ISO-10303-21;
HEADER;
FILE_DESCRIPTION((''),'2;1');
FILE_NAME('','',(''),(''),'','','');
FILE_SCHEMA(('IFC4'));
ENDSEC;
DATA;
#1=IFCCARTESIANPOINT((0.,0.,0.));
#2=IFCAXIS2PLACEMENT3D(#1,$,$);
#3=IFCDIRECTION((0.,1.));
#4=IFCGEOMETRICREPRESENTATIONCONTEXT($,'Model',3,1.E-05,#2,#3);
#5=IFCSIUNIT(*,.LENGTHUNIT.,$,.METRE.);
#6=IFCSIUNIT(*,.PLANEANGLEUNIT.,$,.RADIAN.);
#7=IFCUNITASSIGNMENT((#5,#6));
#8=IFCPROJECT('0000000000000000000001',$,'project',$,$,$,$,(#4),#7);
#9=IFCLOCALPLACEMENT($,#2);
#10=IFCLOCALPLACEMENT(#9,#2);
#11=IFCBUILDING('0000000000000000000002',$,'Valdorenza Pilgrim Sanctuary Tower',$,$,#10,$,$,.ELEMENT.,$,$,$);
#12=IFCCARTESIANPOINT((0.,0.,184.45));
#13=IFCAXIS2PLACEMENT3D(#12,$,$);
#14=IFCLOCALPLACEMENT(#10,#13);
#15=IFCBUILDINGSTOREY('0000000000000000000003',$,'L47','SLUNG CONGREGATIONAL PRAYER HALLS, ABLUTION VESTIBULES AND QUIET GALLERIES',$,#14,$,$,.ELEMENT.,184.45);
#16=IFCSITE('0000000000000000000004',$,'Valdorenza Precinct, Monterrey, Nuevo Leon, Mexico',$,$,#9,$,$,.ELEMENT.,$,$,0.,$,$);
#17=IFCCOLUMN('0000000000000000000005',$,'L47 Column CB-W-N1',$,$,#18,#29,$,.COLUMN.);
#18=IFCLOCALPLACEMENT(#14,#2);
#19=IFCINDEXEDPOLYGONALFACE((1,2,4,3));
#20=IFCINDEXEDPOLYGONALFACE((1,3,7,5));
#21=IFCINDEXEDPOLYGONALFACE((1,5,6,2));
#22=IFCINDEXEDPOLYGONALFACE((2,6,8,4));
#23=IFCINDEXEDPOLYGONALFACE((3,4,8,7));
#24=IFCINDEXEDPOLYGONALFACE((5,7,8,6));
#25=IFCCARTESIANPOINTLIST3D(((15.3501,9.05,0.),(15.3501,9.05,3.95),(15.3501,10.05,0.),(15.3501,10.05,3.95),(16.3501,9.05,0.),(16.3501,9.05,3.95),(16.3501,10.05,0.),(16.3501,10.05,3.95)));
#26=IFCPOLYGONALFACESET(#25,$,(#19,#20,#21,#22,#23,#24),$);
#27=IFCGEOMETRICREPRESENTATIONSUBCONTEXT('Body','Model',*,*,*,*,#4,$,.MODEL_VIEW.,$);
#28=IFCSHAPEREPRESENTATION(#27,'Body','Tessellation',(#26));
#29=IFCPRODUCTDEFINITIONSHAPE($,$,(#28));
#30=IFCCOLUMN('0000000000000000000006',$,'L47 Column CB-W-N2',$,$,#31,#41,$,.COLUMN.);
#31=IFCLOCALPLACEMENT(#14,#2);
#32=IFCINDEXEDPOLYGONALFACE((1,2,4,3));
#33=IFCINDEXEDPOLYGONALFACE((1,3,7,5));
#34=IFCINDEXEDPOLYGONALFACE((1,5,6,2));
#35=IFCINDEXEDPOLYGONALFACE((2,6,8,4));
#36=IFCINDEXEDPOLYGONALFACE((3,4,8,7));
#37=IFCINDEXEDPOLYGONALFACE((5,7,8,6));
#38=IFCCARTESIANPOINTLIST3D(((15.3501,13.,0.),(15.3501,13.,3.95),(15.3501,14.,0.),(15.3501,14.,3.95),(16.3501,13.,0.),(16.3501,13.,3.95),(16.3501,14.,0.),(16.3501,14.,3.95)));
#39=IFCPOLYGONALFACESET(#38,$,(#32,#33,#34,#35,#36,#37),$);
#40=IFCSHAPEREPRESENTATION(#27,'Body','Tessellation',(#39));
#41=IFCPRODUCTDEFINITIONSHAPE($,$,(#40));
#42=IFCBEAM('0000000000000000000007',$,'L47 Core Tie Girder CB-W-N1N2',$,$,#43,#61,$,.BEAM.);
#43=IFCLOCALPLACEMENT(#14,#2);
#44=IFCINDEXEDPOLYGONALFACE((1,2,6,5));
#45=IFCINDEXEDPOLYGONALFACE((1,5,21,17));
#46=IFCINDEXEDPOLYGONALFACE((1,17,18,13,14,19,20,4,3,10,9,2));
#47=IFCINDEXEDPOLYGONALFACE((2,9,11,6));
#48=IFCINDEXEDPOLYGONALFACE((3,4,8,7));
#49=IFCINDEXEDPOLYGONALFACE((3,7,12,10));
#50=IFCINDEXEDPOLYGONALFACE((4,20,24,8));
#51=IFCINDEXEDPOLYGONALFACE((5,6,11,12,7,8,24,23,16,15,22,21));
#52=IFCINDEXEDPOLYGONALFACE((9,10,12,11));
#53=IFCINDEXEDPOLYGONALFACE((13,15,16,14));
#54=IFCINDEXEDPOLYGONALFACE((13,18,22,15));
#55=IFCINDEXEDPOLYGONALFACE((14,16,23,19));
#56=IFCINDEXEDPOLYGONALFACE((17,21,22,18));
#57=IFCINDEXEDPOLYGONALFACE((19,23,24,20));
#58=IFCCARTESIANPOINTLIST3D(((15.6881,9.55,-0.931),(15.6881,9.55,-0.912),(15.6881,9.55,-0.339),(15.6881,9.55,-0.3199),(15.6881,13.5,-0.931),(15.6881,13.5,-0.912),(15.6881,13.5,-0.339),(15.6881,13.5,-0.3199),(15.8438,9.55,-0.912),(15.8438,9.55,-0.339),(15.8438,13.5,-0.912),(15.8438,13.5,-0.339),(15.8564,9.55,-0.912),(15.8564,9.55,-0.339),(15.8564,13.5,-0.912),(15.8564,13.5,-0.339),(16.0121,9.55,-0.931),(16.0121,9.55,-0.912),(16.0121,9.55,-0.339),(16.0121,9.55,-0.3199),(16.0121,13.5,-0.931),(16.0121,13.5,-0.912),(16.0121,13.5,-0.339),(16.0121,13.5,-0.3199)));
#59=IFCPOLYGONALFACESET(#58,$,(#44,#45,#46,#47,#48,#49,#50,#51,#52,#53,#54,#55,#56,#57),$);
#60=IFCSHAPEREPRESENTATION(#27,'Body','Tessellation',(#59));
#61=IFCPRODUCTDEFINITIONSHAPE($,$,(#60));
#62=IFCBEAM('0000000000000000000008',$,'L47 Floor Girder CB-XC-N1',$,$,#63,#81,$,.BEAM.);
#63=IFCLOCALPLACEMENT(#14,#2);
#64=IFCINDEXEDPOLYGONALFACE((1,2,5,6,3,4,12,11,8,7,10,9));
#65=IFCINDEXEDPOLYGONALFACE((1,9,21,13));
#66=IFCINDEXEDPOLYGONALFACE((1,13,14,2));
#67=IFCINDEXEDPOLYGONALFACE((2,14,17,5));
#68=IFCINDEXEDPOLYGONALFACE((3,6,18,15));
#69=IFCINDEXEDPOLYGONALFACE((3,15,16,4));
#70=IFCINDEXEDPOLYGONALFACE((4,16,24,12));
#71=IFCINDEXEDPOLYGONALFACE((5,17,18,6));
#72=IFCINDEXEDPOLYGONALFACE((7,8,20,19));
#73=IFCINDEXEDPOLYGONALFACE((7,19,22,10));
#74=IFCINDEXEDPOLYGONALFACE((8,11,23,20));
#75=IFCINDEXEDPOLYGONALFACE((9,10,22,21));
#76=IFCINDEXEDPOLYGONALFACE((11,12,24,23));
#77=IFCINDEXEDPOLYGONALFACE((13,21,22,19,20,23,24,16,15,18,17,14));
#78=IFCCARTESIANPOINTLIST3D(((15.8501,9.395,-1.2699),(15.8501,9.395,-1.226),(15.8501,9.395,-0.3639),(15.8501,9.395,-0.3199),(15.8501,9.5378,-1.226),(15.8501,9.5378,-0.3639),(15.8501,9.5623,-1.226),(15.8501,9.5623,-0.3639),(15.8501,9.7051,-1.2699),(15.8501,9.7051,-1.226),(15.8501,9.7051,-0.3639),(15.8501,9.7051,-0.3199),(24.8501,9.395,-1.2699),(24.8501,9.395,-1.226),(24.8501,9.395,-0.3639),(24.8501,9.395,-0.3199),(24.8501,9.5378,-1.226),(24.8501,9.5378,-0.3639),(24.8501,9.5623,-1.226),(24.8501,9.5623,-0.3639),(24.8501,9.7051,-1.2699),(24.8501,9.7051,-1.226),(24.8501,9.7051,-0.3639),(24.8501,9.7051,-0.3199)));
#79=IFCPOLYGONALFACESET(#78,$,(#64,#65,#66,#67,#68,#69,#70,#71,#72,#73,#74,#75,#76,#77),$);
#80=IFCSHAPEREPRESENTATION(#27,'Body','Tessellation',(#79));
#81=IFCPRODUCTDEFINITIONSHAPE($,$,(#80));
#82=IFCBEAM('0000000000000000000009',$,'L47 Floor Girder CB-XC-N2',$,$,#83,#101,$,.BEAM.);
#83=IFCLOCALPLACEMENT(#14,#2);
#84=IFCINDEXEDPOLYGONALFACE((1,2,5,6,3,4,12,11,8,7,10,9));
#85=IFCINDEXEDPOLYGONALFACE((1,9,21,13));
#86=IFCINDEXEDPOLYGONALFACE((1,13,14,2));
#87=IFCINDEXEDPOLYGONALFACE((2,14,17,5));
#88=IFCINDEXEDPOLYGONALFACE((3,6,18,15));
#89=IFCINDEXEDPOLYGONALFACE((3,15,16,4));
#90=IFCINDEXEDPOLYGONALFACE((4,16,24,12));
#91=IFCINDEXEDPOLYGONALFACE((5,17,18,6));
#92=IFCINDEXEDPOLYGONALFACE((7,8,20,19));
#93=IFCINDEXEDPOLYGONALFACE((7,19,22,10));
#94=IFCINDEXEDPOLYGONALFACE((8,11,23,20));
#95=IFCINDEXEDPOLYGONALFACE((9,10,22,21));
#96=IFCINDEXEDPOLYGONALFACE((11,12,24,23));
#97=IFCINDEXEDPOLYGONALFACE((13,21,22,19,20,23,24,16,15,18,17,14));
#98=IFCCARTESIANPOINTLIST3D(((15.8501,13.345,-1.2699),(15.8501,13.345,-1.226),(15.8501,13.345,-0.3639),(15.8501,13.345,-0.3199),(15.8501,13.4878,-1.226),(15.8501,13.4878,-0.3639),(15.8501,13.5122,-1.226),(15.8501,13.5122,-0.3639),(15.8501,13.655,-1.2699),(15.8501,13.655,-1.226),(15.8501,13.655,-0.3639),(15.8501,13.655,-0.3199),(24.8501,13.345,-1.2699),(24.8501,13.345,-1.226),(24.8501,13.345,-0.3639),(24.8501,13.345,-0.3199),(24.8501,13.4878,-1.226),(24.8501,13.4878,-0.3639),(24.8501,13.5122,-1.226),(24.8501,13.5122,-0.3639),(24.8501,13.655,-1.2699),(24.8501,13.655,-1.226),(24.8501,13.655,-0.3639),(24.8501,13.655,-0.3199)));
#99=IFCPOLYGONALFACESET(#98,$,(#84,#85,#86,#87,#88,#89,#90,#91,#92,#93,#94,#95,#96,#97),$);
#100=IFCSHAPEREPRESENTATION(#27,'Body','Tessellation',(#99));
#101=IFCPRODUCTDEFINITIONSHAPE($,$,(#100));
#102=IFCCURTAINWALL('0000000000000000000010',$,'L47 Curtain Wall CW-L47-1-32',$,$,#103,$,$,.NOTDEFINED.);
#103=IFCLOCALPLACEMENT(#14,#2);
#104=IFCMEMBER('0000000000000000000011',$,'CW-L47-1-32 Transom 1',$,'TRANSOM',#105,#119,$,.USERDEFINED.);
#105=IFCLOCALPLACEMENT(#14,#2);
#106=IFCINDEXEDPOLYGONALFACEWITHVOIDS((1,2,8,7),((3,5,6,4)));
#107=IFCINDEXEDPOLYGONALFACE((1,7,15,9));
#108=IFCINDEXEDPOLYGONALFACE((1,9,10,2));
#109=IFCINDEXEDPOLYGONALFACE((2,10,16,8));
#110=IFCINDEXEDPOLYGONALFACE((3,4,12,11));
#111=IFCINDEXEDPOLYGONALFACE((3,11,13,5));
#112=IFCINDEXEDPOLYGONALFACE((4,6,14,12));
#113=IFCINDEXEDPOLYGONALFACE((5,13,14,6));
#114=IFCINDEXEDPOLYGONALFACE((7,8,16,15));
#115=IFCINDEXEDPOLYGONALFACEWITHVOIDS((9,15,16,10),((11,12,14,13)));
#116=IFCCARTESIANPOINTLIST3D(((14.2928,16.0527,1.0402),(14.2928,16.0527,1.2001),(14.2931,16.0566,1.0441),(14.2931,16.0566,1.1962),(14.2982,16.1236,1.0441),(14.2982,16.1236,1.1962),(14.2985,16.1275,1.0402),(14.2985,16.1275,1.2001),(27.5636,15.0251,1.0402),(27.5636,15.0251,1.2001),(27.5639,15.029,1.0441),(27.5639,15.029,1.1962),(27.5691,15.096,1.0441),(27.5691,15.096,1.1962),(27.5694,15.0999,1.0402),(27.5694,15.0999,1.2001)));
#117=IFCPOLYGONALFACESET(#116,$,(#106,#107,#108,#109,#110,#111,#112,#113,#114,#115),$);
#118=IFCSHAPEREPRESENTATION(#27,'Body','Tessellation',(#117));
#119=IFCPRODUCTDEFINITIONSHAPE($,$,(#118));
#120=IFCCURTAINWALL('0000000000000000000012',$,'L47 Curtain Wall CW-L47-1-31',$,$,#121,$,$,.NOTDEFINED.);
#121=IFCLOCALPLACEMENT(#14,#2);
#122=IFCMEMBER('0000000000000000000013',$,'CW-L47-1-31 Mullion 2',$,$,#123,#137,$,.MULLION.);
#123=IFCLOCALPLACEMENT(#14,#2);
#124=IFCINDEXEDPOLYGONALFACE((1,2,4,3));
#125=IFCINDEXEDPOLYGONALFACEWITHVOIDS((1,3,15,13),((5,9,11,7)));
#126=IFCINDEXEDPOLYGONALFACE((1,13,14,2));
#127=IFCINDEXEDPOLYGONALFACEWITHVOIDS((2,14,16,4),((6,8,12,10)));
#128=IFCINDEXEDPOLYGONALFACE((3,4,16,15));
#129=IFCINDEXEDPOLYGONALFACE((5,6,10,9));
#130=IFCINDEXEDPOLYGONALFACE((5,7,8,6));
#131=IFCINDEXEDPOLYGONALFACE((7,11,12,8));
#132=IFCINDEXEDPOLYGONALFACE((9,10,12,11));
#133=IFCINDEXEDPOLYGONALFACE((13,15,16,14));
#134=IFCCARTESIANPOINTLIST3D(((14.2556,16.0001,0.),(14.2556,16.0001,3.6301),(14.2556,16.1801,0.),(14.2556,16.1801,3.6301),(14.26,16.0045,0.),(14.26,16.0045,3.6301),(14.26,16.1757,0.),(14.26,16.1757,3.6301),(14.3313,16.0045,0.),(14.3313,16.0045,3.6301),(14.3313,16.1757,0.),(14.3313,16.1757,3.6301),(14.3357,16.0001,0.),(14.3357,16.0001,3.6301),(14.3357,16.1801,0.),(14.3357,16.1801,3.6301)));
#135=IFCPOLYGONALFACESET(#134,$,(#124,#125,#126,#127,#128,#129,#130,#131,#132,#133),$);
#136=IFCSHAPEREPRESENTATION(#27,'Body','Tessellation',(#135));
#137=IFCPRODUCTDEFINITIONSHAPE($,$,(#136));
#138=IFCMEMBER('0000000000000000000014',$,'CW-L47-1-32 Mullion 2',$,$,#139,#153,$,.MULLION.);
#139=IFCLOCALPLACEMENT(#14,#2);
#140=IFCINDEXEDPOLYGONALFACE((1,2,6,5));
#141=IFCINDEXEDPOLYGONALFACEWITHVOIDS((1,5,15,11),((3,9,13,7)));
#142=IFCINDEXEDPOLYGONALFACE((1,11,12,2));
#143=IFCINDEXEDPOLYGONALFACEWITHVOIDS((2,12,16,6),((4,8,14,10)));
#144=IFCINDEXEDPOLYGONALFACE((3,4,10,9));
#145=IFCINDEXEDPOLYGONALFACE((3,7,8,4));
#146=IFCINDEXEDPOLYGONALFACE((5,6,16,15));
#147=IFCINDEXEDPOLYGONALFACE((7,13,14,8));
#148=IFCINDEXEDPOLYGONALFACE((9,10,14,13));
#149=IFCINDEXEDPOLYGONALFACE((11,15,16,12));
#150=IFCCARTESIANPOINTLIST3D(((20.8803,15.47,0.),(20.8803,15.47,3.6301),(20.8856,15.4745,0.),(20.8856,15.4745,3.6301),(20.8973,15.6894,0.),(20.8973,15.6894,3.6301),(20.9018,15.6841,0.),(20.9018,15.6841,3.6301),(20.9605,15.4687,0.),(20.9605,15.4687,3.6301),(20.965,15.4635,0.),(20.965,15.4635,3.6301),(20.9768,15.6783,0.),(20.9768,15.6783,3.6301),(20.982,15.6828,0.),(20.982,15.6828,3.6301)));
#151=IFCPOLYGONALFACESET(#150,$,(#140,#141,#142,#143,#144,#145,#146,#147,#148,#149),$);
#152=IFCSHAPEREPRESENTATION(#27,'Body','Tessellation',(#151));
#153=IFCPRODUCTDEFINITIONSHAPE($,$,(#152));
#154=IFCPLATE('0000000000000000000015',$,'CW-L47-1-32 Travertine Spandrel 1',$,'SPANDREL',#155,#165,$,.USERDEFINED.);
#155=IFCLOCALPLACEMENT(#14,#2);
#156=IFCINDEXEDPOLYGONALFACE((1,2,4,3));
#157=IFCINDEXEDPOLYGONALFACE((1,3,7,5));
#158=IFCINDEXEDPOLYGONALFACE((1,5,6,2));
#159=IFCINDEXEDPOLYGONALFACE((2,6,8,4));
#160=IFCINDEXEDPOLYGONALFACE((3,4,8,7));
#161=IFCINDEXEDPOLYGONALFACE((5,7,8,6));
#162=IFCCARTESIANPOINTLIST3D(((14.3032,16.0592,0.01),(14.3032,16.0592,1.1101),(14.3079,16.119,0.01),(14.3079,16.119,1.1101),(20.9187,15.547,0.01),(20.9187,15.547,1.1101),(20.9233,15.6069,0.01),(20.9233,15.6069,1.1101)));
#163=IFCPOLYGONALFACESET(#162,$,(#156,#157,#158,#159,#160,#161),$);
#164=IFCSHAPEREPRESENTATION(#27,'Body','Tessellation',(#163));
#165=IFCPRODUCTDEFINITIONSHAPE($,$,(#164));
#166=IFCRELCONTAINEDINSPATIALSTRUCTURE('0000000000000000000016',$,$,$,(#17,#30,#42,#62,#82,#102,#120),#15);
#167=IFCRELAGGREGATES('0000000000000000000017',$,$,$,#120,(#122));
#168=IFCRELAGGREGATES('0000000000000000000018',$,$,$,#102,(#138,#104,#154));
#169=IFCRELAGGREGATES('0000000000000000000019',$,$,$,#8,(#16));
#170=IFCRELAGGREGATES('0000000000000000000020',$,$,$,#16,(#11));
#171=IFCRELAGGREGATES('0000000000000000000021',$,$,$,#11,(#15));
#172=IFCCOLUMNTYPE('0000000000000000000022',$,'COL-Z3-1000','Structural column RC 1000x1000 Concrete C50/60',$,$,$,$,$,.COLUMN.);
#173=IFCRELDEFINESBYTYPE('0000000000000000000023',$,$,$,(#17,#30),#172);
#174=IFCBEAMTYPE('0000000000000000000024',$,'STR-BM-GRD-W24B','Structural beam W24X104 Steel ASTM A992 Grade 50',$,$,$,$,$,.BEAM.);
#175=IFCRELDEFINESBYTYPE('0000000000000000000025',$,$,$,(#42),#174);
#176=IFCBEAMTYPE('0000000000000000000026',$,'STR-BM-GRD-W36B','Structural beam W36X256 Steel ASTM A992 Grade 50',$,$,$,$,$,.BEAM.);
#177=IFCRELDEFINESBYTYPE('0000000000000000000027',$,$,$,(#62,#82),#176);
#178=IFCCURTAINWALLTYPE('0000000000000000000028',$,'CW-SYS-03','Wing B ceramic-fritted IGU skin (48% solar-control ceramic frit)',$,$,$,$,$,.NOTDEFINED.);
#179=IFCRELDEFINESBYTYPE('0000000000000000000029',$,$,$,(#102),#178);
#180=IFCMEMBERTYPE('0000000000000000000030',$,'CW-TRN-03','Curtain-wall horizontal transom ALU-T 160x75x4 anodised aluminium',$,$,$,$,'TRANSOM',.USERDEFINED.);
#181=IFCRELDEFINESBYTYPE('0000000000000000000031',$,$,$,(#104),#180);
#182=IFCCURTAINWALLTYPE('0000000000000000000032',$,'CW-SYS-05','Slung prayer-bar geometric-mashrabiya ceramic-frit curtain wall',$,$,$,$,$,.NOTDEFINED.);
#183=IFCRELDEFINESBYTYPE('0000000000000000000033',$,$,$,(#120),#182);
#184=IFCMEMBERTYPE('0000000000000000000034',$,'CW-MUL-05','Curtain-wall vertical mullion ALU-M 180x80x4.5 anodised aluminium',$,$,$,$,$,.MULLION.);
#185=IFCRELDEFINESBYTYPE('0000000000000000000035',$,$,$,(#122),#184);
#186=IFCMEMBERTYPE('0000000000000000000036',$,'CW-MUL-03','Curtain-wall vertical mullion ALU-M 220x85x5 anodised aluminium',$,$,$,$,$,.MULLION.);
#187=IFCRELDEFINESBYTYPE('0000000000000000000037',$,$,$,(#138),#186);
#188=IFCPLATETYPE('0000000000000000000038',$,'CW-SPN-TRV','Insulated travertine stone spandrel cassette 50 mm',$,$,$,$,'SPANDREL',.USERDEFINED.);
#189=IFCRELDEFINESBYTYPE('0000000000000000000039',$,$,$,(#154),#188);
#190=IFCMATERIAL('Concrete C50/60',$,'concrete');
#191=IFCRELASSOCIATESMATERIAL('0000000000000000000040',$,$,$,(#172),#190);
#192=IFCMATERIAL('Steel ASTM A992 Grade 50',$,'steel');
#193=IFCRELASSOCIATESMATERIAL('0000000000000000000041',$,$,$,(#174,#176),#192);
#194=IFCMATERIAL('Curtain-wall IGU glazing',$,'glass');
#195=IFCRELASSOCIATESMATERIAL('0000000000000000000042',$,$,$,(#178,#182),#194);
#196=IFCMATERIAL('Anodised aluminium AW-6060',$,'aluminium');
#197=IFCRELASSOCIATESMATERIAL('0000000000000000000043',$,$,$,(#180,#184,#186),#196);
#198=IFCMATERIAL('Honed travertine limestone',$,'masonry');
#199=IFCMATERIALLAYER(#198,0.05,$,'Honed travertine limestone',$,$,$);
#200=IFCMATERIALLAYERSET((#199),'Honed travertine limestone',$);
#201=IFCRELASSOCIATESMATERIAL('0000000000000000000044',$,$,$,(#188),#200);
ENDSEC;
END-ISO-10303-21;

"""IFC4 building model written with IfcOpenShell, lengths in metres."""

from ifc_helpers import new_model, si_unit, direction, frame, origin, origin_2d, place, context, subcontext, project, spatial, rectangle, hollow_rectangle, i_section, extrude, source, transform, mapped, material, layer, layer_set, material_profile, profile_set, type_object, element, aggregate, save


model = new_model("IFC4")

# Units and contexts
model_context = context("Model", 3, precision=1e-05, world=origin(), true_north=direction((0.0, 1.0)))
body_context = subcontext(model_context, "Body", "Model", "MODEL_VIEW")
ifc_project = project(units=[si_unit("LENGTHUNIT", "METRE"), si_unit("PLANEANGLEUNIT", "RADIAN")], contexts=[model_context])

# Site, building, storey
site_placement = place(None, origin())
site = spatial("IfcSite", under=ifc_project, at=site_placement, Name="Valdorenza Precinct, Monterrey, Nuevo Leon, Mexico", CompositionType="ELEMENT", RefElevation=0.0)
building_placement = place(site_placement, origin())
building = spatial("IfcBuilding", under=site, at=building_placement, Name="Valdorenza Pilgrim Sanctuary Tower", CompositionType="ELEMENT")
storey_placement = place(building_placement, frame((0.0, 0.0, 184.45)))
storey = spatial("IfcBuildingStorey", under=building, at=storey_placement, Name="L47", Description="SLUNG CONGREGATIONAL PRAYER HALLS, ABLUTION VESTIBULES AND QUIET GALLERIES", CompositionType="ELEMENT", Elevation=184.45)

# Columns
ifc_material_1 = material(Name="Concrete C50/60", Category="concrete")
ifc_material_profile_1 = material_profile(ifc_material_1, rectangle(XDim=1.0, YDim=1.0, at=origin_2d()), Name="RC 1000x1000")
ifc_profile_set_1 = profile_set([ifc_material_profile_1], Name="Concrete C50/60")
column_type = type_object("IfcColumnType", Name="COL-Z3-1000", Description="Structural column RC 1000x1000 Concrete C50/60", PredefinedType="COLUMN", material=ifc_profile_set_1)
shared_shape_1 = source(origin(), body_context, "Body", "SweptSolid", [
    extrude(rectangle(XDim=1.0, YDim=1.0, at=origin_2d()), origin(), (0.0, 0.0, 1.0), 3.95),
])
for number, where, z_axis, x_axis, name in (
    (1, (15.8501, 9.55, 0.0), (0.0, 0.0, 1.0), (1.0, 0.0, 0.0), "L47 Column CB-W-N1"),
    (2, (15.8501, 13.5, 0.0), (0.0, 0.0, 1.0), (1.0, 0.0, 0.0), "L47 Column CB-W-N2"),
):
    element("IfcColumn", number, at=place(storey_placement, frame(where, z_axis=z_axis, x_axis=x_axis)), inside=storey, type_object=column_type, Name=name, PredefinedType="COLUMN", context=body_context, shape_type="MappedRepresentation", body=[
        mapped(shared_shape_1, transform((0.0, 0.0, 0.0), x_axis=(1.0, 0.0, 0.0), y_axis=(0.0, 1.0, 0.0), z_axis=(0.0, 0.0, 1.0), scale=1.0)),
    ])

# Beams
ifc_material_2 = material(Name="Steel ASTM A992 Grade 50", Category="steel")
ifc_material_profile_2 = material_profile(ifc_material_2, i_section(OverallWidth=0.324, OverallDepth=0.6111, WebThickness=0.0127, FlangeThickness=0.019, at=origin_2d()), Name="W24X104")
ifc_profile_set_2 = profile_set([ifc_material_profile_2], Name="Steel ASTM A992 Grade 50")
beam_type_1 = type_object("IfcBeamType", Name="STR-BM-GRD-W24B", Description="Structural beam W24X104 Steel ASTM A992 Grade 50", PredefinedType="BEAM", material=ifc_profile_set_2)
shared_shape_2 = source(origin(), body_context, "Body", "SweptSolid", [
    extrude(i_section(OverallWidth=0.324, OverallDepth=0.6111, WebThickness=0.0127, FlangeThickness=0.019, at=origin_2d()), origin(), (0.0, 0.0, 1.0), 3.95),
])
beam_placement = place(storey_placement, frame((15.8501, 9.55, -0.6255), z_axis=(0.0, 1.0, 0.0), x_axis=(-1.0, 0.0, 0.0)))
element("IfcBeam", 3, at=beam_placement, inside=storey, type_object=beam_type_1, Name="L47 Core Tie Girder CB-W-N1N2", PredefinedType="BEAM", context=body_context, shape_type="MappedRepresentation", body=[
    mapped(shared_shape_2, transform((0.0, 0.0, 0.0), x_axis=(1.0, 0.0, 0.0), y_axis=(0.0, 1.0, 0.0), z_axis=(0.0, 0.0, 1.0), scale=1.0)),
])
ifc_material_profile_3 = material_profile(ifc_material_2, i_section(OverallWidth=0.3101, OverallDepth=0.95, WebThickness=0.0244, FlangeThickness=0.0439, at=origin_2d()), Name="W36X256")
ifc_profile_set_3 = profile_set([ifc_material_profile_3], Name="Steel ASTM A992 Grade 50")
beam_type_2 = type_object("IfcBeamType", Name="STR-BM-GRD-W36B", Description="Structural beam W36X256 Steel ASTM A992 Grade 50", PredefinedType="BEAM", material=ifc_profile_set_3)
shared_shape_3 = source(origin(), body_context, "Body", "SweptSolid", [
    extrude(i_section(OverallWidth=0.3101, OverallDepth=0.95, WebThickness=0.0244, FlangeThickness=0.0439, at=origin_2d()), origin(), (0.0, 0.0, 1.0), 9.0),
])
for number, where, z_axis, x_axis, name in (
    (4, (15.8501, 9.55, -0.7949), (1.0, 0.0, 0.0), (0.0, 1.0, 0.0), "L47 Floor Girder CB-XC-N1"),
    (5, (15.8501, 13.5, -0.7949), (1.0, 0.0, 0.0), (0.0, 1.0, 0.0), "L47 Floor Girder CB-XC-N2"),
):
    element("IfcBeam", number, at=place(storey_placement, frame(where, z_axis=z_axis, x_axis=x_axis)), inside=storey, type_object=beam_type_2, Name=name, PredefinedType="BEAM", context=body_context, shape_type="MappedRepresentation", body=[
        mapped(shared_shape_3, transform((0.0, 0.0, 0.0), x_axis=(1.0, 0.0, 0.0), y_axis=(0.0, 1.0, 0.0), z_axis=(0.0, 0.0, 1.0), scale=1.0)),
    ])

# Curtain walls, members
ifc_material_3 = material(Name="Curtain-wall IGU glazing", Category="glass")
curtain_wall_type_1 = type_object("IfcCurtainWallType", Name="CW-SYS-03", Description="Wing B ceramic-fritted IGU skin (48% solar-control ceramic frit)", PredefinedType="NOTDEFINED", material=ifc_material_3)
curtain_wall_1_placement = place(storey_placement, origin())
curtain_wall_1 = element("IfcCurtainWall", 6, at=curtain_wall_1_placement, inside=storey, type_object=curtain_wall_type_1, Name="L47 Curtain Wall CW-L47-1-32", PredefinedType="NOTDEFINED")
ifc_material_4 = material(Name="Anodised aluminium AW-6060", Category="aluminium")
ifc_material_profile_4 = material_profile(ifc_material_4, hollow_rectangle(XDim=0.075, YDim=0.1599, WallThickness=0.0039, at=origin_2d()), Name="ALU-T 160x75x4")
ifc_profile_set_4 = profile_set([ifc_material_profile_4], Name="Anodised aluminium AW-6060")
member_type_1 = type_object("IfcMemberType", Name="CW-TRN-03", Description="Curtain-wall horizontal transom ALU-T 160x75x4 anodised aluminium", ElementType="TRANSOM", PredefinedType="USERDEFINED", material=ifc_profile_set_4)
shared_shape_4 = source(origin(), body_context, "Body", "SweptSolid", [
    extrude(hollow_rectangle(XDim=0.075, YDim=0.1599, WallThickness=0.0039, at=origin_2d()), origin(), (0.0, 0.0, 1.0), 13.3105),
])
member_1_placement = place(storey_placement, frame((14.2957, 16.0901, 1.1201), z_axis=(0.997016, -0.077201, 0.0), x_axis=(0.077201, 0.997016, 0.0)))
member_1 = element("IfcMember", 7, at=member_1_placement, type_object=member_type_1, Name="CW-L47-1-32 Transom 1", ObjectType="TRANSOM", PredefinedType="USERDEFINED", context=body_context, shape_type="MappedRepresentation", body=[
    mapped(shared_shape_4, transform((0.0, 0.0, 0.0), x_axis=(1.0, 0.0, 0.0), y_axis=(0.0, 1.0, 0.0), z_axis=(0.0, 0.0, 1.0), scale=1.0)),
])
curtain_wall_type_2 = type_object("IfcCurtainWallType", Name="CW-SYS-05", Description="Slung prayer-bar geometric-mashrabiya ceramic-frit curtain wall", PredefinedType="NOTDEFINED", material=ifc_material_3)
curtain_wall_2_placement = place(storey_placement, origin())
curtain_wall_2 = element("IfcCurtainWall", 8, at=curtain_wall_2_placement, inside=storey, type_object=curtain_wall_type_2, Name="L47 Curtain Wall CW-L47-1-31", PredefinedType="NOTDEFINED")
ifc_material_profile_5 = material_profile(ifc_material_4, hollow_rectangle(XDim=0.0801, YDim=0.1799, WallThickness=0.0044, at=origin_2d()), Name="ALU-M 180x80x4.5")
ifc_profile_set_5 = profile_set([ifc_material_profile_5], Name="Anodised aluminium AW-6060")
member_type_2 = type_object("IfcMemberType", Name="CW-MUL-05", Description="Curtain-wall vertical mullion ALU-M 180x80x4.5 anodised aluminium", PredefinedType="MULLION", material=ifc_profile_set_5)
shared_shape_5 = source(origin(), body_context, "Body", "SweptSolid", [
    extrude(hollow_rectangle(XDim=0.0801, YDim=0.1799, WallThickness=0.0044, at=origin_2d()), origin(), (0.0, 0.0, 1.0), 3.6301),
])
member_2_placement = place(storey_placement, frame((14.2957, 16.0901, 0.0), z_axis=(0.0, 0.0, 1.0), x_axis=(1.0, 0.0, 0.0)))
member_2 = element("IfcMember", 9, at=member_2_placement, type_object=member_type_2, Name="CW-L47-1-31 Mullion 2", PredefinedType="MULLION", context=body_context, shape_type="MappedRepresentation", body=[
    mapped(shared_shape_5, transform((0.0, 0.0, 0.0), x_axis=(1.0, 0.0, 0.0), y_axis=(0.0, 1.0, 0.0), z_axis=(0.0, 0.0, 1.0), scale=1.0)),
])
aggregate(curtain_wall_2, [member_2])

# Member
ifc_material_profile_6 = material_profile(ifc_material_4, hollow_rectangle(XDim=0.085, YDim=0.22, WallThickness=0.0049, at=origin_2d()), Name="ALU-M 220x85x5")
ifc_profile_set_6 = profile_set([ifc_material_profile_6], Name="Anodised aluminium AW-6060")
member_type_3 = type_object("IfcMemberType", Name="CW-MUL-03", Description="Curtain-wall vertical mullion ALU-M 220x85x5 anodised aluminium", PredefinedType="MULLION", material=ifc_profile_set_6)
shared_shape_6 = source(origin(), body_context, "Body", "SweptSolid", [
    extrude(hollow_rectangle(XDim=0.085, YDim=0.22, WallThickness=0.0049, at=origin_2d()), origin(), (0.0, 0.0, 1.0), 3.6301),
])
member_3_placement = place(storey_placement, frame((20.9312, 15.5764, 0.0), z_axis=(0.0, 0.0, 1.0), x_axis=(0.997016, -0.077189, 0.0)))
member_3 = element("IfcMember", 10, at=member_3_placement, type_object=member_type_3, Name="CW-L47-1-32 Mullion 2", PredefinedType="MULLION", context=body_context, shape_type="MappedRepresentation", body=[
    mapped(shared_shape_6, transform((0.0, 0.0, 0.0), x_axis=(1.0, 0.0, 0.0), y_axis=(0.0, 1.0, 0.0), z_axis=(0.0, 0.0, 1.0), scale=1.0)),
])

# Plate
ifc_material_5 = material(Name="Honed travertine limestone", Category="masonry")
ifc_layer_1 = layer(ifc_material_5, 0.05, Name="Honed travertine limestone")
ifc_layer_set_1 = layer_set([ifc_layer_1], Name="Honed travertine limestone")
plate_type_1 = type_object("IfcPlateType", Name="CW-SPN-TRV", Description="Insulated travertine stone spandrel cassette 50 mm", ElementType="SPANDREL", PredefinedType="USERDEFINED", material=ifc_layer_set_1)
shared_shape_7 = source(origin(), body_context, "Body", "SweptSolid", [
    extrude(rectangle(XDim=6.6353, YDim=0.0601, at=origin_2d()), origin(), (0.0, 0.0, 1.0), 1.1001),
])
plate_1_placement = place(storey_placement, frame((17.6133, 15.833, 0.01), z_axis=(0.0, 0.0, 1.0), x_axis=(0.997016, -0.077189, 0.0)))
plate_1 = element("IfcPlate", 11, at=plate_1_placement, type_object=plate_type_1, Name="CW-L47-1-32 Travertine Spandrel 1", ObjectType="SPANDREL", PredefinedType="USERDEFINED", context=body_context, shape_type="MappedRepresentation", body=[
    mapped(shared_shape_7, transform((0.0, 0.0, 0.0), x_axis=(1.0, 0.0, 0.0), y_axis=(0.0, 1.0, 0.0), z_axis=(0.0, 0.0, 1.0), scale=1.0)),
])
aggregate(curtain_wall_1, [member_3, member_1, plate_1])

save(model, "model.ifc")
